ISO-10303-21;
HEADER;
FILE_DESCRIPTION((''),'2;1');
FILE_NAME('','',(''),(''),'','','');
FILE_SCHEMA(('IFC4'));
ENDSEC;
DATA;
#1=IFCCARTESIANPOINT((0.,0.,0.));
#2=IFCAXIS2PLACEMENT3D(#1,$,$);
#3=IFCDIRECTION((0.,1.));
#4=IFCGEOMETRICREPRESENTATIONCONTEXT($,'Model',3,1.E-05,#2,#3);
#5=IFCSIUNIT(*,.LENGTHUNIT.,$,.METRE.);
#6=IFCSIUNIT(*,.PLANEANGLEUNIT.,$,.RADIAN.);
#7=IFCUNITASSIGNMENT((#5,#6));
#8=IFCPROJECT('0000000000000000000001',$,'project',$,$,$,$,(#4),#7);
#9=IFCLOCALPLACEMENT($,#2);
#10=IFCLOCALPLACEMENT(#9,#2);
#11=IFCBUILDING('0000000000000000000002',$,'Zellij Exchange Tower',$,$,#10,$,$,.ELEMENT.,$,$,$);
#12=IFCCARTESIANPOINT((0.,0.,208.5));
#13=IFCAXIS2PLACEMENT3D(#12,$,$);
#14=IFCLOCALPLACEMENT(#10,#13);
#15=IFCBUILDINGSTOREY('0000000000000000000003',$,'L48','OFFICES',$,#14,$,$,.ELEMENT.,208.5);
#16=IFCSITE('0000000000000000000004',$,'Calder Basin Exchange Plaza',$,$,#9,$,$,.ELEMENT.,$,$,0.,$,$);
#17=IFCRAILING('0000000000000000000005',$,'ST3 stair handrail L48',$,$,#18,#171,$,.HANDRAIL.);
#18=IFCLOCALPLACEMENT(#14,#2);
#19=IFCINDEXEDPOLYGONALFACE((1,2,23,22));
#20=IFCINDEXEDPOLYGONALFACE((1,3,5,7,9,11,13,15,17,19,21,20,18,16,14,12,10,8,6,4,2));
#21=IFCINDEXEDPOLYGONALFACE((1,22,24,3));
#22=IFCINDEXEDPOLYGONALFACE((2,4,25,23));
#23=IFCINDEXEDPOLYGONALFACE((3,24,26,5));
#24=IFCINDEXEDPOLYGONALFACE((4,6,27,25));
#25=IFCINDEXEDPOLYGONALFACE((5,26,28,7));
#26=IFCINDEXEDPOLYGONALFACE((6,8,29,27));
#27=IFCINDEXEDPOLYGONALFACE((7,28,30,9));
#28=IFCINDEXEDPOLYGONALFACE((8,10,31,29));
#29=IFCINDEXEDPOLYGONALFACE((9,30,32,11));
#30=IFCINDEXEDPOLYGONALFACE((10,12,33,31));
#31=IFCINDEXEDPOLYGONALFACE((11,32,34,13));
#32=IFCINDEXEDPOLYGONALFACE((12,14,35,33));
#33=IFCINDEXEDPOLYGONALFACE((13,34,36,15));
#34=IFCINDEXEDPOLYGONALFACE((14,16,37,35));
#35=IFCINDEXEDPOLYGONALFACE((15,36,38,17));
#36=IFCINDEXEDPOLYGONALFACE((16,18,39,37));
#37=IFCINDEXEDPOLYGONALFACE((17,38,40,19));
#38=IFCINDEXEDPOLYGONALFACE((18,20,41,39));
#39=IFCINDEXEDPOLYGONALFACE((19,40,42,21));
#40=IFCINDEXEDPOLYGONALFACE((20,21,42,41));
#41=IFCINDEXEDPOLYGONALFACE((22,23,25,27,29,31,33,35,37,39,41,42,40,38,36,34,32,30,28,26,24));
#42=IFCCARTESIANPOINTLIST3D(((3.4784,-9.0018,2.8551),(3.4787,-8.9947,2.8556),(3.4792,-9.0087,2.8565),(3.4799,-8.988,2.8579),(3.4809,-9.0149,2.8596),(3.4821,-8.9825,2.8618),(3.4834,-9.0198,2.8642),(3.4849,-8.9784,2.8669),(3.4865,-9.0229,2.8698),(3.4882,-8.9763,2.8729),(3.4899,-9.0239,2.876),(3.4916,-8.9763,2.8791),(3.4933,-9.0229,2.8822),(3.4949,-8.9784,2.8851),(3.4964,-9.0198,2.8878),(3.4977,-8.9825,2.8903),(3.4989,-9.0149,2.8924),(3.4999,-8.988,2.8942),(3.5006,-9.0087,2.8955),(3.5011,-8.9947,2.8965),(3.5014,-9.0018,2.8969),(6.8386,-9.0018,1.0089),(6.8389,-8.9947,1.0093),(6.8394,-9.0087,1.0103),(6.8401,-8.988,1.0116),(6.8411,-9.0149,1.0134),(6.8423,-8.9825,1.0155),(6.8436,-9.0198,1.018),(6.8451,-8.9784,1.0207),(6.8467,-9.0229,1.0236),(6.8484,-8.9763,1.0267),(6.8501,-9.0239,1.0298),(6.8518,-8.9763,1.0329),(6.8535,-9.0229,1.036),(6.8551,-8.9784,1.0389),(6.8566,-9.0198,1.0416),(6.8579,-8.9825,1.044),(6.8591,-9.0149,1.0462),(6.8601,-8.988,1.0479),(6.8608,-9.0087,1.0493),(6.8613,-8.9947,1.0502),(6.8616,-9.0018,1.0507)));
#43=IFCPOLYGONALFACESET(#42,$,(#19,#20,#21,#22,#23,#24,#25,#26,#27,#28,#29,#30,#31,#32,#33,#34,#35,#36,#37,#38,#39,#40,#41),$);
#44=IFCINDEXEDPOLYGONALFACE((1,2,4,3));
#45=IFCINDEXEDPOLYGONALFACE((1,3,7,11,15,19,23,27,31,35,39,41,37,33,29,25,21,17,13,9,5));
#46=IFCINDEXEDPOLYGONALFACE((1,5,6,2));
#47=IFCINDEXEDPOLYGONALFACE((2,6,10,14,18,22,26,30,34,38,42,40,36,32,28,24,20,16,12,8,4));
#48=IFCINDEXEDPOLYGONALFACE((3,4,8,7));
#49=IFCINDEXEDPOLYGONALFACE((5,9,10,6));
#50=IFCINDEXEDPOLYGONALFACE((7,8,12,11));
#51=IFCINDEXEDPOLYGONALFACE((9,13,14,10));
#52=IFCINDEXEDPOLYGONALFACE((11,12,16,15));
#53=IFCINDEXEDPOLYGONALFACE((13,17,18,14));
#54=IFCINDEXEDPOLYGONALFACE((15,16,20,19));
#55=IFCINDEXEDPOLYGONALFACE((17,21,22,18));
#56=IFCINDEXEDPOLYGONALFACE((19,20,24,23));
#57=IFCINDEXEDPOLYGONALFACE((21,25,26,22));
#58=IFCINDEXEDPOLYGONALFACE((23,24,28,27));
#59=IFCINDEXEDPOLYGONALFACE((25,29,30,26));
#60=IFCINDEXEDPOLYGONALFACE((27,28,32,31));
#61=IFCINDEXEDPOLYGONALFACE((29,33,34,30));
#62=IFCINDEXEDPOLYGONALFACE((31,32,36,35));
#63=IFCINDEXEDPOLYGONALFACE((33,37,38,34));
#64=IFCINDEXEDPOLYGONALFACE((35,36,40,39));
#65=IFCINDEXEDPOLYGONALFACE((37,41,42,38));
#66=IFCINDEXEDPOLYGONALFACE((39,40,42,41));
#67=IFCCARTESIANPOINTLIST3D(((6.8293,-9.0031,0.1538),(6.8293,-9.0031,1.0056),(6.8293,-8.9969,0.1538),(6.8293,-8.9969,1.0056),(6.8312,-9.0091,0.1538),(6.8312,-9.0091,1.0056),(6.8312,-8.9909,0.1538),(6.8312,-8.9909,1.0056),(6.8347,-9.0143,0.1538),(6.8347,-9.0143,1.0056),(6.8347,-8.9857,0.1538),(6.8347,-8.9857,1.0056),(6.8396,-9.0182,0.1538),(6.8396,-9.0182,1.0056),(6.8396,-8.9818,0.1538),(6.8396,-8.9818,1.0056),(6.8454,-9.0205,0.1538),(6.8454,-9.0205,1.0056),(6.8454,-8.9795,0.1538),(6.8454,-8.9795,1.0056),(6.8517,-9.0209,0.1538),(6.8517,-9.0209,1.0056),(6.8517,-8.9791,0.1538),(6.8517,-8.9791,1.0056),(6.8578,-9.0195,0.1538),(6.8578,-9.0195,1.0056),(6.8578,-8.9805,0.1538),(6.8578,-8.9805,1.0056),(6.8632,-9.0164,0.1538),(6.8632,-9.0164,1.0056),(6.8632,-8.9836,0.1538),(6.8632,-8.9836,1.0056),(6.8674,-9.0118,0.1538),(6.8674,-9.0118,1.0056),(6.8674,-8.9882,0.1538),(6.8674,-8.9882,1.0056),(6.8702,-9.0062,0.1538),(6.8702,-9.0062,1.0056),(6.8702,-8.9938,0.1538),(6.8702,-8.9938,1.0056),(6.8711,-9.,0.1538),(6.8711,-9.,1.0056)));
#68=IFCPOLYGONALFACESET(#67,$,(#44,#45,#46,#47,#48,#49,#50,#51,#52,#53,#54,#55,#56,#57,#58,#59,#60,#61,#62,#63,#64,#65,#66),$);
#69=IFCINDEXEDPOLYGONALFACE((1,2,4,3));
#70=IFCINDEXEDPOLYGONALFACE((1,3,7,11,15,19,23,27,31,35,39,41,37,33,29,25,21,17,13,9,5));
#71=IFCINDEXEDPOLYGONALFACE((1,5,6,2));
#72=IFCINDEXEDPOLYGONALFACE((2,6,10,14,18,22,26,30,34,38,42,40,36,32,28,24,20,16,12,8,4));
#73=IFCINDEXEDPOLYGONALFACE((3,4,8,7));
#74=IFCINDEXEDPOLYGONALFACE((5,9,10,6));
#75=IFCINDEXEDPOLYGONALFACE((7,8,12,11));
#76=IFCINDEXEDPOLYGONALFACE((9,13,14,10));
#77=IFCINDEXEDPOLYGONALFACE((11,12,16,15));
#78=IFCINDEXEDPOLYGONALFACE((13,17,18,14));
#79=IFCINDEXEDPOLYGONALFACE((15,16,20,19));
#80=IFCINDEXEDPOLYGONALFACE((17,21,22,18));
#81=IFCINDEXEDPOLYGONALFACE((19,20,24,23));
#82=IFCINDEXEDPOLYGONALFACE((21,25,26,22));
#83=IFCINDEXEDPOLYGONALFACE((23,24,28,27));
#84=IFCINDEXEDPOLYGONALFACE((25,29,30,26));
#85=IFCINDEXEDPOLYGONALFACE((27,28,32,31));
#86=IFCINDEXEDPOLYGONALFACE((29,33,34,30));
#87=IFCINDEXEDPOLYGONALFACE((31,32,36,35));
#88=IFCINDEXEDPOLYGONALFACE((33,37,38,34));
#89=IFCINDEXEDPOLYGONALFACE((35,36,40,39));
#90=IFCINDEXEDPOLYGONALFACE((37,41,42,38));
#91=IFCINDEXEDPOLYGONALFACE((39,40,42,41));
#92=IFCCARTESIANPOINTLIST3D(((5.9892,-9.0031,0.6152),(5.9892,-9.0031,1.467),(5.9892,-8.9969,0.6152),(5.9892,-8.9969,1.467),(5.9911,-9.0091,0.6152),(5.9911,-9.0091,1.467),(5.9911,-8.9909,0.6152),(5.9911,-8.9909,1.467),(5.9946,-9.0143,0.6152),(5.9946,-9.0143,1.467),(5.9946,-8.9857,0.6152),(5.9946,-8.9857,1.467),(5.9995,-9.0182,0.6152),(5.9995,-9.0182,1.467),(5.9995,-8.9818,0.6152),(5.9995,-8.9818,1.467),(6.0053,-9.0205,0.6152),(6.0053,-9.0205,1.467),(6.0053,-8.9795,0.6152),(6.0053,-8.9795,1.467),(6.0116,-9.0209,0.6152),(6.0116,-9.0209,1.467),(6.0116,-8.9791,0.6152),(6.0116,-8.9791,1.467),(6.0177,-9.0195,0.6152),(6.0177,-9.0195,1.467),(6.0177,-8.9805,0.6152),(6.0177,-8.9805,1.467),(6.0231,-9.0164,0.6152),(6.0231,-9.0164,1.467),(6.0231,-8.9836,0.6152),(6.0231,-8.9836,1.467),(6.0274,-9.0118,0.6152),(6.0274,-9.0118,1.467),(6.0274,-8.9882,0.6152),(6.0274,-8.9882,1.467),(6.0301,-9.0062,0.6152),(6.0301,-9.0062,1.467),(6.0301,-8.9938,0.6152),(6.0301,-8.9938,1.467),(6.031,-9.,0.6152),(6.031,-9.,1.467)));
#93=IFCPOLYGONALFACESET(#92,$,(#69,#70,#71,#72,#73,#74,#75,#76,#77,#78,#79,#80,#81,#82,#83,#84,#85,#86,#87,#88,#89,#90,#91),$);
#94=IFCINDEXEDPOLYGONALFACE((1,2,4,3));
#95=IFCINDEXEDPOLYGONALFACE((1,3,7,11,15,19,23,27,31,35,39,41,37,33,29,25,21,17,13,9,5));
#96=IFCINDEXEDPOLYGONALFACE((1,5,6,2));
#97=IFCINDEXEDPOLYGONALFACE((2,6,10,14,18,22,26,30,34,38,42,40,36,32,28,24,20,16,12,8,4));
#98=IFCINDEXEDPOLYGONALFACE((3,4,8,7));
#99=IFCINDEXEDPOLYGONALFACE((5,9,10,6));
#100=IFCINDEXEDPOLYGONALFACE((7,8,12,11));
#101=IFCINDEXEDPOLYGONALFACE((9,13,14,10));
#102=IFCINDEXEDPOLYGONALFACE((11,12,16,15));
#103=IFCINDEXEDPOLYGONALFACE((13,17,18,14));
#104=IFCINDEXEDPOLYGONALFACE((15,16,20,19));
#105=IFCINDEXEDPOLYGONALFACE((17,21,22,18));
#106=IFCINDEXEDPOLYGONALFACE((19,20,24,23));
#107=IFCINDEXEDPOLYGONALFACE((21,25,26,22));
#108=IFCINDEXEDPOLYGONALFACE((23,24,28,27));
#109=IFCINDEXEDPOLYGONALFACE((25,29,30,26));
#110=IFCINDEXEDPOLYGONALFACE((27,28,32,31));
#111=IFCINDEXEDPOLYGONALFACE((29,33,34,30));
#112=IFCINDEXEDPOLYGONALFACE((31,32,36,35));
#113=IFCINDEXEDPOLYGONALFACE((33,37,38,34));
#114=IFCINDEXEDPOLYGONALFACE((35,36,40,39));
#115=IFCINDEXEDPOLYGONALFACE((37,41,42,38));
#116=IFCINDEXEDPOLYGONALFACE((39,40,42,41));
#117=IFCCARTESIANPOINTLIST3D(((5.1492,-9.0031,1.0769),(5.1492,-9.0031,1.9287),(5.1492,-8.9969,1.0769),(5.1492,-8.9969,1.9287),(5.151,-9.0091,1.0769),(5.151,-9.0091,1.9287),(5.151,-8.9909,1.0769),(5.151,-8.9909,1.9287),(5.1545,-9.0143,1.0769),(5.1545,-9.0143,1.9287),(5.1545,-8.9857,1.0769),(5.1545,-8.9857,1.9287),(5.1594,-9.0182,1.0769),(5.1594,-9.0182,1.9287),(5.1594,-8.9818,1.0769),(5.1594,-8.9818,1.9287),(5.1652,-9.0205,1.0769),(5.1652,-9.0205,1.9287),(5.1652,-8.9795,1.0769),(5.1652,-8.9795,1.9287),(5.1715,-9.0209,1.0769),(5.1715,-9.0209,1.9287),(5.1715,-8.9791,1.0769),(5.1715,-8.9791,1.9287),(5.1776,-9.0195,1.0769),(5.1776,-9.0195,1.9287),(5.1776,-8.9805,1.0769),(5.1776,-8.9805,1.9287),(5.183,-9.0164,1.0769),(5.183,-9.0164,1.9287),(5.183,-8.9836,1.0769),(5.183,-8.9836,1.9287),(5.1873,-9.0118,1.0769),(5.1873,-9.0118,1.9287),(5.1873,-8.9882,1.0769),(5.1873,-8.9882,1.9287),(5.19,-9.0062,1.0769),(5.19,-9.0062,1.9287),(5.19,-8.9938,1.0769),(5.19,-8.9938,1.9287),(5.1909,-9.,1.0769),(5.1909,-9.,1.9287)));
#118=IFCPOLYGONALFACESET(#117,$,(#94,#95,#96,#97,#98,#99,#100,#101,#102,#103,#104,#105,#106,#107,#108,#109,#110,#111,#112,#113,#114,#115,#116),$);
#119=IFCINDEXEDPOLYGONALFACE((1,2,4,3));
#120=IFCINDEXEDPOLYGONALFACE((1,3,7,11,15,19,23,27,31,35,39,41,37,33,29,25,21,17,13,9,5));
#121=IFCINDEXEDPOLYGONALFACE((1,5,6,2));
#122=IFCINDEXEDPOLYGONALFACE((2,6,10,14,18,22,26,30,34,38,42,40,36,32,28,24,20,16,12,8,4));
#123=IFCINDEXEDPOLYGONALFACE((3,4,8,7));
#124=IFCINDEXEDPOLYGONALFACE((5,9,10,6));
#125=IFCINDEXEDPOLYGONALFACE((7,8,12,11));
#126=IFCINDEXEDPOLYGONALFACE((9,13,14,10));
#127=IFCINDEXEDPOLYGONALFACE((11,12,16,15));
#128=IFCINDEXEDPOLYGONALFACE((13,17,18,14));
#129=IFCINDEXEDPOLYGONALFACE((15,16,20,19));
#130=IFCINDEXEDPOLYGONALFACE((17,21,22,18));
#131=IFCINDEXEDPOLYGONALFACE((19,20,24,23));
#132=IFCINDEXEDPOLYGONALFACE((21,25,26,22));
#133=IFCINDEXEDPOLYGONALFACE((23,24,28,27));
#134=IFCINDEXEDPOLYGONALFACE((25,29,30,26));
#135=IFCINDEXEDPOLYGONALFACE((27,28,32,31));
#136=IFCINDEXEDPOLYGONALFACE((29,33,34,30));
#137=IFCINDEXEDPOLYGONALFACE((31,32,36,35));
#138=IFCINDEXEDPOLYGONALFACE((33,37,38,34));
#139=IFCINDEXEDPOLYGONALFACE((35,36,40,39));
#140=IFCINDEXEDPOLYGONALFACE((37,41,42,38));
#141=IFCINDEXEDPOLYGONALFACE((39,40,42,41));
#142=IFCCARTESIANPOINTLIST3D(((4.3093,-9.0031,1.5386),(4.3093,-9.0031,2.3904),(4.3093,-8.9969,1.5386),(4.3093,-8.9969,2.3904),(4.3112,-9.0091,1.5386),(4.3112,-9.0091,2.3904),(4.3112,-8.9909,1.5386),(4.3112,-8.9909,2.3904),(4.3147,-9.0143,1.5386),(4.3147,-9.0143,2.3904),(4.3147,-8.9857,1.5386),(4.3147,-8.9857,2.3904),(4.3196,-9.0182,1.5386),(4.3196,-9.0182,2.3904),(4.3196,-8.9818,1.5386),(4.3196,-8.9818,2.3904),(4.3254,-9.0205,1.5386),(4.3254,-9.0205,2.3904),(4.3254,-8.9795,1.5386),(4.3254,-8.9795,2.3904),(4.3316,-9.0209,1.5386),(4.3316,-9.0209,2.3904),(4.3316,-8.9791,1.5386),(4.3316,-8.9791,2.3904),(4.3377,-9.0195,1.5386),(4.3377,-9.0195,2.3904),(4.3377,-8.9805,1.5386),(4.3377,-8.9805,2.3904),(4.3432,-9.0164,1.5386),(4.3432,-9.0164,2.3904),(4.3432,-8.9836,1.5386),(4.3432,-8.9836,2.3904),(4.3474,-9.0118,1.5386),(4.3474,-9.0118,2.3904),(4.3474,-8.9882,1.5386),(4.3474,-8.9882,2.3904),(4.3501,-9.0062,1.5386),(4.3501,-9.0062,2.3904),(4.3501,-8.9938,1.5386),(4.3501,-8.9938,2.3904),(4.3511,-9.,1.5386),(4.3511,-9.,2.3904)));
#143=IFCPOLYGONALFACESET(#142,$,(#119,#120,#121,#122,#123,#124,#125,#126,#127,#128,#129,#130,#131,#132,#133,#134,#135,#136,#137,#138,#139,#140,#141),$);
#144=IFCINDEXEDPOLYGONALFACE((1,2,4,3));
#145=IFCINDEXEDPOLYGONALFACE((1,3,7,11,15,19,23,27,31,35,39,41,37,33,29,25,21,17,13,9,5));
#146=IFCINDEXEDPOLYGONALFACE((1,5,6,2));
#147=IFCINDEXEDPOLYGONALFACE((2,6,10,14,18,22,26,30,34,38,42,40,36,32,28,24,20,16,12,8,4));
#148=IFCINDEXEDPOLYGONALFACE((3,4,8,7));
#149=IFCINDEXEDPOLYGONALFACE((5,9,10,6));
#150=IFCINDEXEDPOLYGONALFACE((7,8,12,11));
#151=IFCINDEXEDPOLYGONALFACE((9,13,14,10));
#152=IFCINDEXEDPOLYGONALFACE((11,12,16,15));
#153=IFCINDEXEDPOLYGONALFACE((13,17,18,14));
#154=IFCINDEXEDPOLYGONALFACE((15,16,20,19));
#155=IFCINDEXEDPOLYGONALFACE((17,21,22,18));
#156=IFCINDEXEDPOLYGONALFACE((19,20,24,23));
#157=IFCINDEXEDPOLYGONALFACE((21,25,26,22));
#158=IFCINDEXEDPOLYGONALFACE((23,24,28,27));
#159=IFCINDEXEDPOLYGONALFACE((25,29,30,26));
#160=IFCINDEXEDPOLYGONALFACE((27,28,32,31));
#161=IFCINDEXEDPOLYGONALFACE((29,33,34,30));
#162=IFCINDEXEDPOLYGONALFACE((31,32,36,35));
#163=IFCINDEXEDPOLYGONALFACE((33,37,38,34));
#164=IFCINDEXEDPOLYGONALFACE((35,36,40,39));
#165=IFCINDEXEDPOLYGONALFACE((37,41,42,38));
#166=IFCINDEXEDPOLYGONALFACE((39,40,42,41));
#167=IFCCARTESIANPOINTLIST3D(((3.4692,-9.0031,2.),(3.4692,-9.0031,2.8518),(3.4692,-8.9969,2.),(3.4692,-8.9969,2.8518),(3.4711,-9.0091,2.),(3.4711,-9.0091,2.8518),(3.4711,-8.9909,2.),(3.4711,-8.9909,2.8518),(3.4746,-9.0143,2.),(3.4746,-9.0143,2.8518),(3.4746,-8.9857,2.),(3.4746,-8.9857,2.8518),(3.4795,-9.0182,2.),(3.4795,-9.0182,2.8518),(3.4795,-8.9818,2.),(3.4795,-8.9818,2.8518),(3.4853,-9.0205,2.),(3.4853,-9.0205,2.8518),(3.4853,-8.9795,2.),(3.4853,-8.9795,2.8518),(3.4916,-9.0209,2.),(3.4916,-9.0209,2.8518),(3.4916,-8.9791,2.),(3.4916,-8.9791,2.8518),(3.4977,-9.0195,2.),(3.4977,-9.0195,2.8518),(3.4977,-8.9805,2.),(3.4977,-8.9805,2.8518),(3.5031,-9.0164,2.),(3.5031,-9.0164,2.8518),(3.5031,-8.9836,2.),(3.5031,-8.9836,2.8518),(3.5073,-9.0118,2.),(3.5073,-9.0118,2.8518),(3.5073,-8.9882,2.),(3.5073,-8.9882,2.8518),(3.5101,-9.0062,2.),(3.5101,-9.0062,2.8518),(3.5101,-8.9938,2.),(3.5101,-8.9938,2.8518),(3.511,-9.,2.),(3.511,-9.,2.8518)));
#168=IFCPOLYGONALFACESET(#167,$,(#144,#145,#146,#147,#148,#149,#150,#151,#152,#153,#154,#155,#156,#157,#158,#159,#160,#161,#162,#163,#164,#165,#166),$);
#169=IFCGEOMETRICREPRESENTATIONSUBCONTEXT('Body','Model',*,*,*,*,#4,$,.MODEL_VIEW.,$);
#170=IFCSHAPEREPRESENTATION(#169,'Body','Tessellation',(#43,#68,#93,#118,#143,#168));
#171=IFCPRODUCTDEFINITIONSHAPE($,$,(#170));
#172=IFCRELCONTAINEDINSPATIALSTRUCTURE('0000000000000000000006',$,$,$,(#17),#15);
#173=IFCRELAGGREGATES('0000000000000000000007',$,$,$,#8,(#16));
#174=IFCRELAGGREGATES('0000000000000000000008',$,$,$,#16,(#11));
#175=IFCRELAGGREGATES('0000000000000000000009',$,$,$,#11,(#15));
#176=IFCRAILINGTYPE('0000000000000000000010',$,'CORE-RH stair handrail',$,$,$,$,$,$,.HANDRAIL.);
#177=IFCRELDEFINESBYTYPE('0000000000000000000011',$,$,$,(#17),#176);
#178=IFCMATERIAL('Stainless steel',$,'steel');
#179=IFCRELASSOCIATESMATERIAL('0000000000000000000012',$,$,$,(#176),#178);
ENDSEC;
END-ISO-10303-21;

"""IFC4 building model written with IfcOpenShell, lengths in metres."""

from ifc_helpers import new_model, si_unit, direction, frame, origin, origin_2d, place, context, subcontext, project, spatial, circle, extrude, material, type_object, element, save


model = new_model("IFC4")

# Units and contexts
model_context = context("Model", 3, precision=1e-05, world=origin(), true_north=direction((0.0, 1.0)))
body_context = subcontext(model_context, "Body", "Model", "MODEL_VIEW")
ifc_project = project(units=[si_unit("LENGTHUNIT", "METRE"), si_unit("PLANEANGLEUNIT", "RADIAN")], contexts=[model_context])

# Site, building, storey
site_placement = place(None, origin())
site = spatial("IfcSite", under=ifc_project, at=site_placement, Name="Calder Basin Exchange Plaza", CompositionType="ELEMENT", RefElevation=0.0)
building_placement = place(site_placement, origin())
building = spatial("IfcBuilding", under=site, at=building_placement, Name="Zellij Exchange Tower", CompositionType="ELEMENT")
storey_placement = place(building_placement, frame((0.0, 0.0, 208.5)))
storey = spatial("IfcBuildingStorey", under=building, at=storey_placement, Name="L48", Description="OFFICES", CompositionType="ELEMENT", Elevation=208.5)

# Railing
ifc_material_1 = material(Name="Stainless steel", Category="steel")
railing_type_1 = type_object("IfcRailingType", Name="CORE-RH stair handrail", PredefinedType="HANDRAIL", material=ifc_material_1)
railing_1_placement = place(storey_placement, frame((6.8501, -9.0, 0.1538)))
element("IfcRailing", 1, at=railing_1_placement, inside=storey, type_object=railing_type_1, Name="ST3 stair handrail L48", PredefinedType="HANDRAIL", context=body_context, shape_type="SweptSolid", body=[
    extrude(circle(Radius=0.0239, at=origin_2d()), frame((0.0, 0.0, 0.876), z_axis=(-0.876422, 0.0, 0.481545), x_axis=(0.0, -1.0, 0.0)), (0.0, 0.0, 1.0), 3.834),
    extrude(circle(Radius=0.021, at=origin_2d()), origin(), (0.0, 0.0, 1.0), 0.8518),
    extrude(circle(Radius=0.021, at=origin_2d()), frame((-0.8401, 0.0, 0.4614)), (0.0, 0.0, 1.0), 0.8518),
    extrude(circle(Radius=0.021, at=origin_2d()), frame((-1.6802, 0.0, 0.9231)), (0.0, 0.0, 1.0), 0.8518),
    extrude(circle(Radius=0.021, at=origin_2d()), frame((-2.52, 0.0, 1.3848)), (0.0, 0.0, 1.0), 0.8518),
    extrude(circle(Radius=0.021, at=origin_2d()), frame((-3.3601, 0.0, 1.8462)), (0.0, 0.0, 1.0), 0.8518),
])

save(model, "model.ifc")
